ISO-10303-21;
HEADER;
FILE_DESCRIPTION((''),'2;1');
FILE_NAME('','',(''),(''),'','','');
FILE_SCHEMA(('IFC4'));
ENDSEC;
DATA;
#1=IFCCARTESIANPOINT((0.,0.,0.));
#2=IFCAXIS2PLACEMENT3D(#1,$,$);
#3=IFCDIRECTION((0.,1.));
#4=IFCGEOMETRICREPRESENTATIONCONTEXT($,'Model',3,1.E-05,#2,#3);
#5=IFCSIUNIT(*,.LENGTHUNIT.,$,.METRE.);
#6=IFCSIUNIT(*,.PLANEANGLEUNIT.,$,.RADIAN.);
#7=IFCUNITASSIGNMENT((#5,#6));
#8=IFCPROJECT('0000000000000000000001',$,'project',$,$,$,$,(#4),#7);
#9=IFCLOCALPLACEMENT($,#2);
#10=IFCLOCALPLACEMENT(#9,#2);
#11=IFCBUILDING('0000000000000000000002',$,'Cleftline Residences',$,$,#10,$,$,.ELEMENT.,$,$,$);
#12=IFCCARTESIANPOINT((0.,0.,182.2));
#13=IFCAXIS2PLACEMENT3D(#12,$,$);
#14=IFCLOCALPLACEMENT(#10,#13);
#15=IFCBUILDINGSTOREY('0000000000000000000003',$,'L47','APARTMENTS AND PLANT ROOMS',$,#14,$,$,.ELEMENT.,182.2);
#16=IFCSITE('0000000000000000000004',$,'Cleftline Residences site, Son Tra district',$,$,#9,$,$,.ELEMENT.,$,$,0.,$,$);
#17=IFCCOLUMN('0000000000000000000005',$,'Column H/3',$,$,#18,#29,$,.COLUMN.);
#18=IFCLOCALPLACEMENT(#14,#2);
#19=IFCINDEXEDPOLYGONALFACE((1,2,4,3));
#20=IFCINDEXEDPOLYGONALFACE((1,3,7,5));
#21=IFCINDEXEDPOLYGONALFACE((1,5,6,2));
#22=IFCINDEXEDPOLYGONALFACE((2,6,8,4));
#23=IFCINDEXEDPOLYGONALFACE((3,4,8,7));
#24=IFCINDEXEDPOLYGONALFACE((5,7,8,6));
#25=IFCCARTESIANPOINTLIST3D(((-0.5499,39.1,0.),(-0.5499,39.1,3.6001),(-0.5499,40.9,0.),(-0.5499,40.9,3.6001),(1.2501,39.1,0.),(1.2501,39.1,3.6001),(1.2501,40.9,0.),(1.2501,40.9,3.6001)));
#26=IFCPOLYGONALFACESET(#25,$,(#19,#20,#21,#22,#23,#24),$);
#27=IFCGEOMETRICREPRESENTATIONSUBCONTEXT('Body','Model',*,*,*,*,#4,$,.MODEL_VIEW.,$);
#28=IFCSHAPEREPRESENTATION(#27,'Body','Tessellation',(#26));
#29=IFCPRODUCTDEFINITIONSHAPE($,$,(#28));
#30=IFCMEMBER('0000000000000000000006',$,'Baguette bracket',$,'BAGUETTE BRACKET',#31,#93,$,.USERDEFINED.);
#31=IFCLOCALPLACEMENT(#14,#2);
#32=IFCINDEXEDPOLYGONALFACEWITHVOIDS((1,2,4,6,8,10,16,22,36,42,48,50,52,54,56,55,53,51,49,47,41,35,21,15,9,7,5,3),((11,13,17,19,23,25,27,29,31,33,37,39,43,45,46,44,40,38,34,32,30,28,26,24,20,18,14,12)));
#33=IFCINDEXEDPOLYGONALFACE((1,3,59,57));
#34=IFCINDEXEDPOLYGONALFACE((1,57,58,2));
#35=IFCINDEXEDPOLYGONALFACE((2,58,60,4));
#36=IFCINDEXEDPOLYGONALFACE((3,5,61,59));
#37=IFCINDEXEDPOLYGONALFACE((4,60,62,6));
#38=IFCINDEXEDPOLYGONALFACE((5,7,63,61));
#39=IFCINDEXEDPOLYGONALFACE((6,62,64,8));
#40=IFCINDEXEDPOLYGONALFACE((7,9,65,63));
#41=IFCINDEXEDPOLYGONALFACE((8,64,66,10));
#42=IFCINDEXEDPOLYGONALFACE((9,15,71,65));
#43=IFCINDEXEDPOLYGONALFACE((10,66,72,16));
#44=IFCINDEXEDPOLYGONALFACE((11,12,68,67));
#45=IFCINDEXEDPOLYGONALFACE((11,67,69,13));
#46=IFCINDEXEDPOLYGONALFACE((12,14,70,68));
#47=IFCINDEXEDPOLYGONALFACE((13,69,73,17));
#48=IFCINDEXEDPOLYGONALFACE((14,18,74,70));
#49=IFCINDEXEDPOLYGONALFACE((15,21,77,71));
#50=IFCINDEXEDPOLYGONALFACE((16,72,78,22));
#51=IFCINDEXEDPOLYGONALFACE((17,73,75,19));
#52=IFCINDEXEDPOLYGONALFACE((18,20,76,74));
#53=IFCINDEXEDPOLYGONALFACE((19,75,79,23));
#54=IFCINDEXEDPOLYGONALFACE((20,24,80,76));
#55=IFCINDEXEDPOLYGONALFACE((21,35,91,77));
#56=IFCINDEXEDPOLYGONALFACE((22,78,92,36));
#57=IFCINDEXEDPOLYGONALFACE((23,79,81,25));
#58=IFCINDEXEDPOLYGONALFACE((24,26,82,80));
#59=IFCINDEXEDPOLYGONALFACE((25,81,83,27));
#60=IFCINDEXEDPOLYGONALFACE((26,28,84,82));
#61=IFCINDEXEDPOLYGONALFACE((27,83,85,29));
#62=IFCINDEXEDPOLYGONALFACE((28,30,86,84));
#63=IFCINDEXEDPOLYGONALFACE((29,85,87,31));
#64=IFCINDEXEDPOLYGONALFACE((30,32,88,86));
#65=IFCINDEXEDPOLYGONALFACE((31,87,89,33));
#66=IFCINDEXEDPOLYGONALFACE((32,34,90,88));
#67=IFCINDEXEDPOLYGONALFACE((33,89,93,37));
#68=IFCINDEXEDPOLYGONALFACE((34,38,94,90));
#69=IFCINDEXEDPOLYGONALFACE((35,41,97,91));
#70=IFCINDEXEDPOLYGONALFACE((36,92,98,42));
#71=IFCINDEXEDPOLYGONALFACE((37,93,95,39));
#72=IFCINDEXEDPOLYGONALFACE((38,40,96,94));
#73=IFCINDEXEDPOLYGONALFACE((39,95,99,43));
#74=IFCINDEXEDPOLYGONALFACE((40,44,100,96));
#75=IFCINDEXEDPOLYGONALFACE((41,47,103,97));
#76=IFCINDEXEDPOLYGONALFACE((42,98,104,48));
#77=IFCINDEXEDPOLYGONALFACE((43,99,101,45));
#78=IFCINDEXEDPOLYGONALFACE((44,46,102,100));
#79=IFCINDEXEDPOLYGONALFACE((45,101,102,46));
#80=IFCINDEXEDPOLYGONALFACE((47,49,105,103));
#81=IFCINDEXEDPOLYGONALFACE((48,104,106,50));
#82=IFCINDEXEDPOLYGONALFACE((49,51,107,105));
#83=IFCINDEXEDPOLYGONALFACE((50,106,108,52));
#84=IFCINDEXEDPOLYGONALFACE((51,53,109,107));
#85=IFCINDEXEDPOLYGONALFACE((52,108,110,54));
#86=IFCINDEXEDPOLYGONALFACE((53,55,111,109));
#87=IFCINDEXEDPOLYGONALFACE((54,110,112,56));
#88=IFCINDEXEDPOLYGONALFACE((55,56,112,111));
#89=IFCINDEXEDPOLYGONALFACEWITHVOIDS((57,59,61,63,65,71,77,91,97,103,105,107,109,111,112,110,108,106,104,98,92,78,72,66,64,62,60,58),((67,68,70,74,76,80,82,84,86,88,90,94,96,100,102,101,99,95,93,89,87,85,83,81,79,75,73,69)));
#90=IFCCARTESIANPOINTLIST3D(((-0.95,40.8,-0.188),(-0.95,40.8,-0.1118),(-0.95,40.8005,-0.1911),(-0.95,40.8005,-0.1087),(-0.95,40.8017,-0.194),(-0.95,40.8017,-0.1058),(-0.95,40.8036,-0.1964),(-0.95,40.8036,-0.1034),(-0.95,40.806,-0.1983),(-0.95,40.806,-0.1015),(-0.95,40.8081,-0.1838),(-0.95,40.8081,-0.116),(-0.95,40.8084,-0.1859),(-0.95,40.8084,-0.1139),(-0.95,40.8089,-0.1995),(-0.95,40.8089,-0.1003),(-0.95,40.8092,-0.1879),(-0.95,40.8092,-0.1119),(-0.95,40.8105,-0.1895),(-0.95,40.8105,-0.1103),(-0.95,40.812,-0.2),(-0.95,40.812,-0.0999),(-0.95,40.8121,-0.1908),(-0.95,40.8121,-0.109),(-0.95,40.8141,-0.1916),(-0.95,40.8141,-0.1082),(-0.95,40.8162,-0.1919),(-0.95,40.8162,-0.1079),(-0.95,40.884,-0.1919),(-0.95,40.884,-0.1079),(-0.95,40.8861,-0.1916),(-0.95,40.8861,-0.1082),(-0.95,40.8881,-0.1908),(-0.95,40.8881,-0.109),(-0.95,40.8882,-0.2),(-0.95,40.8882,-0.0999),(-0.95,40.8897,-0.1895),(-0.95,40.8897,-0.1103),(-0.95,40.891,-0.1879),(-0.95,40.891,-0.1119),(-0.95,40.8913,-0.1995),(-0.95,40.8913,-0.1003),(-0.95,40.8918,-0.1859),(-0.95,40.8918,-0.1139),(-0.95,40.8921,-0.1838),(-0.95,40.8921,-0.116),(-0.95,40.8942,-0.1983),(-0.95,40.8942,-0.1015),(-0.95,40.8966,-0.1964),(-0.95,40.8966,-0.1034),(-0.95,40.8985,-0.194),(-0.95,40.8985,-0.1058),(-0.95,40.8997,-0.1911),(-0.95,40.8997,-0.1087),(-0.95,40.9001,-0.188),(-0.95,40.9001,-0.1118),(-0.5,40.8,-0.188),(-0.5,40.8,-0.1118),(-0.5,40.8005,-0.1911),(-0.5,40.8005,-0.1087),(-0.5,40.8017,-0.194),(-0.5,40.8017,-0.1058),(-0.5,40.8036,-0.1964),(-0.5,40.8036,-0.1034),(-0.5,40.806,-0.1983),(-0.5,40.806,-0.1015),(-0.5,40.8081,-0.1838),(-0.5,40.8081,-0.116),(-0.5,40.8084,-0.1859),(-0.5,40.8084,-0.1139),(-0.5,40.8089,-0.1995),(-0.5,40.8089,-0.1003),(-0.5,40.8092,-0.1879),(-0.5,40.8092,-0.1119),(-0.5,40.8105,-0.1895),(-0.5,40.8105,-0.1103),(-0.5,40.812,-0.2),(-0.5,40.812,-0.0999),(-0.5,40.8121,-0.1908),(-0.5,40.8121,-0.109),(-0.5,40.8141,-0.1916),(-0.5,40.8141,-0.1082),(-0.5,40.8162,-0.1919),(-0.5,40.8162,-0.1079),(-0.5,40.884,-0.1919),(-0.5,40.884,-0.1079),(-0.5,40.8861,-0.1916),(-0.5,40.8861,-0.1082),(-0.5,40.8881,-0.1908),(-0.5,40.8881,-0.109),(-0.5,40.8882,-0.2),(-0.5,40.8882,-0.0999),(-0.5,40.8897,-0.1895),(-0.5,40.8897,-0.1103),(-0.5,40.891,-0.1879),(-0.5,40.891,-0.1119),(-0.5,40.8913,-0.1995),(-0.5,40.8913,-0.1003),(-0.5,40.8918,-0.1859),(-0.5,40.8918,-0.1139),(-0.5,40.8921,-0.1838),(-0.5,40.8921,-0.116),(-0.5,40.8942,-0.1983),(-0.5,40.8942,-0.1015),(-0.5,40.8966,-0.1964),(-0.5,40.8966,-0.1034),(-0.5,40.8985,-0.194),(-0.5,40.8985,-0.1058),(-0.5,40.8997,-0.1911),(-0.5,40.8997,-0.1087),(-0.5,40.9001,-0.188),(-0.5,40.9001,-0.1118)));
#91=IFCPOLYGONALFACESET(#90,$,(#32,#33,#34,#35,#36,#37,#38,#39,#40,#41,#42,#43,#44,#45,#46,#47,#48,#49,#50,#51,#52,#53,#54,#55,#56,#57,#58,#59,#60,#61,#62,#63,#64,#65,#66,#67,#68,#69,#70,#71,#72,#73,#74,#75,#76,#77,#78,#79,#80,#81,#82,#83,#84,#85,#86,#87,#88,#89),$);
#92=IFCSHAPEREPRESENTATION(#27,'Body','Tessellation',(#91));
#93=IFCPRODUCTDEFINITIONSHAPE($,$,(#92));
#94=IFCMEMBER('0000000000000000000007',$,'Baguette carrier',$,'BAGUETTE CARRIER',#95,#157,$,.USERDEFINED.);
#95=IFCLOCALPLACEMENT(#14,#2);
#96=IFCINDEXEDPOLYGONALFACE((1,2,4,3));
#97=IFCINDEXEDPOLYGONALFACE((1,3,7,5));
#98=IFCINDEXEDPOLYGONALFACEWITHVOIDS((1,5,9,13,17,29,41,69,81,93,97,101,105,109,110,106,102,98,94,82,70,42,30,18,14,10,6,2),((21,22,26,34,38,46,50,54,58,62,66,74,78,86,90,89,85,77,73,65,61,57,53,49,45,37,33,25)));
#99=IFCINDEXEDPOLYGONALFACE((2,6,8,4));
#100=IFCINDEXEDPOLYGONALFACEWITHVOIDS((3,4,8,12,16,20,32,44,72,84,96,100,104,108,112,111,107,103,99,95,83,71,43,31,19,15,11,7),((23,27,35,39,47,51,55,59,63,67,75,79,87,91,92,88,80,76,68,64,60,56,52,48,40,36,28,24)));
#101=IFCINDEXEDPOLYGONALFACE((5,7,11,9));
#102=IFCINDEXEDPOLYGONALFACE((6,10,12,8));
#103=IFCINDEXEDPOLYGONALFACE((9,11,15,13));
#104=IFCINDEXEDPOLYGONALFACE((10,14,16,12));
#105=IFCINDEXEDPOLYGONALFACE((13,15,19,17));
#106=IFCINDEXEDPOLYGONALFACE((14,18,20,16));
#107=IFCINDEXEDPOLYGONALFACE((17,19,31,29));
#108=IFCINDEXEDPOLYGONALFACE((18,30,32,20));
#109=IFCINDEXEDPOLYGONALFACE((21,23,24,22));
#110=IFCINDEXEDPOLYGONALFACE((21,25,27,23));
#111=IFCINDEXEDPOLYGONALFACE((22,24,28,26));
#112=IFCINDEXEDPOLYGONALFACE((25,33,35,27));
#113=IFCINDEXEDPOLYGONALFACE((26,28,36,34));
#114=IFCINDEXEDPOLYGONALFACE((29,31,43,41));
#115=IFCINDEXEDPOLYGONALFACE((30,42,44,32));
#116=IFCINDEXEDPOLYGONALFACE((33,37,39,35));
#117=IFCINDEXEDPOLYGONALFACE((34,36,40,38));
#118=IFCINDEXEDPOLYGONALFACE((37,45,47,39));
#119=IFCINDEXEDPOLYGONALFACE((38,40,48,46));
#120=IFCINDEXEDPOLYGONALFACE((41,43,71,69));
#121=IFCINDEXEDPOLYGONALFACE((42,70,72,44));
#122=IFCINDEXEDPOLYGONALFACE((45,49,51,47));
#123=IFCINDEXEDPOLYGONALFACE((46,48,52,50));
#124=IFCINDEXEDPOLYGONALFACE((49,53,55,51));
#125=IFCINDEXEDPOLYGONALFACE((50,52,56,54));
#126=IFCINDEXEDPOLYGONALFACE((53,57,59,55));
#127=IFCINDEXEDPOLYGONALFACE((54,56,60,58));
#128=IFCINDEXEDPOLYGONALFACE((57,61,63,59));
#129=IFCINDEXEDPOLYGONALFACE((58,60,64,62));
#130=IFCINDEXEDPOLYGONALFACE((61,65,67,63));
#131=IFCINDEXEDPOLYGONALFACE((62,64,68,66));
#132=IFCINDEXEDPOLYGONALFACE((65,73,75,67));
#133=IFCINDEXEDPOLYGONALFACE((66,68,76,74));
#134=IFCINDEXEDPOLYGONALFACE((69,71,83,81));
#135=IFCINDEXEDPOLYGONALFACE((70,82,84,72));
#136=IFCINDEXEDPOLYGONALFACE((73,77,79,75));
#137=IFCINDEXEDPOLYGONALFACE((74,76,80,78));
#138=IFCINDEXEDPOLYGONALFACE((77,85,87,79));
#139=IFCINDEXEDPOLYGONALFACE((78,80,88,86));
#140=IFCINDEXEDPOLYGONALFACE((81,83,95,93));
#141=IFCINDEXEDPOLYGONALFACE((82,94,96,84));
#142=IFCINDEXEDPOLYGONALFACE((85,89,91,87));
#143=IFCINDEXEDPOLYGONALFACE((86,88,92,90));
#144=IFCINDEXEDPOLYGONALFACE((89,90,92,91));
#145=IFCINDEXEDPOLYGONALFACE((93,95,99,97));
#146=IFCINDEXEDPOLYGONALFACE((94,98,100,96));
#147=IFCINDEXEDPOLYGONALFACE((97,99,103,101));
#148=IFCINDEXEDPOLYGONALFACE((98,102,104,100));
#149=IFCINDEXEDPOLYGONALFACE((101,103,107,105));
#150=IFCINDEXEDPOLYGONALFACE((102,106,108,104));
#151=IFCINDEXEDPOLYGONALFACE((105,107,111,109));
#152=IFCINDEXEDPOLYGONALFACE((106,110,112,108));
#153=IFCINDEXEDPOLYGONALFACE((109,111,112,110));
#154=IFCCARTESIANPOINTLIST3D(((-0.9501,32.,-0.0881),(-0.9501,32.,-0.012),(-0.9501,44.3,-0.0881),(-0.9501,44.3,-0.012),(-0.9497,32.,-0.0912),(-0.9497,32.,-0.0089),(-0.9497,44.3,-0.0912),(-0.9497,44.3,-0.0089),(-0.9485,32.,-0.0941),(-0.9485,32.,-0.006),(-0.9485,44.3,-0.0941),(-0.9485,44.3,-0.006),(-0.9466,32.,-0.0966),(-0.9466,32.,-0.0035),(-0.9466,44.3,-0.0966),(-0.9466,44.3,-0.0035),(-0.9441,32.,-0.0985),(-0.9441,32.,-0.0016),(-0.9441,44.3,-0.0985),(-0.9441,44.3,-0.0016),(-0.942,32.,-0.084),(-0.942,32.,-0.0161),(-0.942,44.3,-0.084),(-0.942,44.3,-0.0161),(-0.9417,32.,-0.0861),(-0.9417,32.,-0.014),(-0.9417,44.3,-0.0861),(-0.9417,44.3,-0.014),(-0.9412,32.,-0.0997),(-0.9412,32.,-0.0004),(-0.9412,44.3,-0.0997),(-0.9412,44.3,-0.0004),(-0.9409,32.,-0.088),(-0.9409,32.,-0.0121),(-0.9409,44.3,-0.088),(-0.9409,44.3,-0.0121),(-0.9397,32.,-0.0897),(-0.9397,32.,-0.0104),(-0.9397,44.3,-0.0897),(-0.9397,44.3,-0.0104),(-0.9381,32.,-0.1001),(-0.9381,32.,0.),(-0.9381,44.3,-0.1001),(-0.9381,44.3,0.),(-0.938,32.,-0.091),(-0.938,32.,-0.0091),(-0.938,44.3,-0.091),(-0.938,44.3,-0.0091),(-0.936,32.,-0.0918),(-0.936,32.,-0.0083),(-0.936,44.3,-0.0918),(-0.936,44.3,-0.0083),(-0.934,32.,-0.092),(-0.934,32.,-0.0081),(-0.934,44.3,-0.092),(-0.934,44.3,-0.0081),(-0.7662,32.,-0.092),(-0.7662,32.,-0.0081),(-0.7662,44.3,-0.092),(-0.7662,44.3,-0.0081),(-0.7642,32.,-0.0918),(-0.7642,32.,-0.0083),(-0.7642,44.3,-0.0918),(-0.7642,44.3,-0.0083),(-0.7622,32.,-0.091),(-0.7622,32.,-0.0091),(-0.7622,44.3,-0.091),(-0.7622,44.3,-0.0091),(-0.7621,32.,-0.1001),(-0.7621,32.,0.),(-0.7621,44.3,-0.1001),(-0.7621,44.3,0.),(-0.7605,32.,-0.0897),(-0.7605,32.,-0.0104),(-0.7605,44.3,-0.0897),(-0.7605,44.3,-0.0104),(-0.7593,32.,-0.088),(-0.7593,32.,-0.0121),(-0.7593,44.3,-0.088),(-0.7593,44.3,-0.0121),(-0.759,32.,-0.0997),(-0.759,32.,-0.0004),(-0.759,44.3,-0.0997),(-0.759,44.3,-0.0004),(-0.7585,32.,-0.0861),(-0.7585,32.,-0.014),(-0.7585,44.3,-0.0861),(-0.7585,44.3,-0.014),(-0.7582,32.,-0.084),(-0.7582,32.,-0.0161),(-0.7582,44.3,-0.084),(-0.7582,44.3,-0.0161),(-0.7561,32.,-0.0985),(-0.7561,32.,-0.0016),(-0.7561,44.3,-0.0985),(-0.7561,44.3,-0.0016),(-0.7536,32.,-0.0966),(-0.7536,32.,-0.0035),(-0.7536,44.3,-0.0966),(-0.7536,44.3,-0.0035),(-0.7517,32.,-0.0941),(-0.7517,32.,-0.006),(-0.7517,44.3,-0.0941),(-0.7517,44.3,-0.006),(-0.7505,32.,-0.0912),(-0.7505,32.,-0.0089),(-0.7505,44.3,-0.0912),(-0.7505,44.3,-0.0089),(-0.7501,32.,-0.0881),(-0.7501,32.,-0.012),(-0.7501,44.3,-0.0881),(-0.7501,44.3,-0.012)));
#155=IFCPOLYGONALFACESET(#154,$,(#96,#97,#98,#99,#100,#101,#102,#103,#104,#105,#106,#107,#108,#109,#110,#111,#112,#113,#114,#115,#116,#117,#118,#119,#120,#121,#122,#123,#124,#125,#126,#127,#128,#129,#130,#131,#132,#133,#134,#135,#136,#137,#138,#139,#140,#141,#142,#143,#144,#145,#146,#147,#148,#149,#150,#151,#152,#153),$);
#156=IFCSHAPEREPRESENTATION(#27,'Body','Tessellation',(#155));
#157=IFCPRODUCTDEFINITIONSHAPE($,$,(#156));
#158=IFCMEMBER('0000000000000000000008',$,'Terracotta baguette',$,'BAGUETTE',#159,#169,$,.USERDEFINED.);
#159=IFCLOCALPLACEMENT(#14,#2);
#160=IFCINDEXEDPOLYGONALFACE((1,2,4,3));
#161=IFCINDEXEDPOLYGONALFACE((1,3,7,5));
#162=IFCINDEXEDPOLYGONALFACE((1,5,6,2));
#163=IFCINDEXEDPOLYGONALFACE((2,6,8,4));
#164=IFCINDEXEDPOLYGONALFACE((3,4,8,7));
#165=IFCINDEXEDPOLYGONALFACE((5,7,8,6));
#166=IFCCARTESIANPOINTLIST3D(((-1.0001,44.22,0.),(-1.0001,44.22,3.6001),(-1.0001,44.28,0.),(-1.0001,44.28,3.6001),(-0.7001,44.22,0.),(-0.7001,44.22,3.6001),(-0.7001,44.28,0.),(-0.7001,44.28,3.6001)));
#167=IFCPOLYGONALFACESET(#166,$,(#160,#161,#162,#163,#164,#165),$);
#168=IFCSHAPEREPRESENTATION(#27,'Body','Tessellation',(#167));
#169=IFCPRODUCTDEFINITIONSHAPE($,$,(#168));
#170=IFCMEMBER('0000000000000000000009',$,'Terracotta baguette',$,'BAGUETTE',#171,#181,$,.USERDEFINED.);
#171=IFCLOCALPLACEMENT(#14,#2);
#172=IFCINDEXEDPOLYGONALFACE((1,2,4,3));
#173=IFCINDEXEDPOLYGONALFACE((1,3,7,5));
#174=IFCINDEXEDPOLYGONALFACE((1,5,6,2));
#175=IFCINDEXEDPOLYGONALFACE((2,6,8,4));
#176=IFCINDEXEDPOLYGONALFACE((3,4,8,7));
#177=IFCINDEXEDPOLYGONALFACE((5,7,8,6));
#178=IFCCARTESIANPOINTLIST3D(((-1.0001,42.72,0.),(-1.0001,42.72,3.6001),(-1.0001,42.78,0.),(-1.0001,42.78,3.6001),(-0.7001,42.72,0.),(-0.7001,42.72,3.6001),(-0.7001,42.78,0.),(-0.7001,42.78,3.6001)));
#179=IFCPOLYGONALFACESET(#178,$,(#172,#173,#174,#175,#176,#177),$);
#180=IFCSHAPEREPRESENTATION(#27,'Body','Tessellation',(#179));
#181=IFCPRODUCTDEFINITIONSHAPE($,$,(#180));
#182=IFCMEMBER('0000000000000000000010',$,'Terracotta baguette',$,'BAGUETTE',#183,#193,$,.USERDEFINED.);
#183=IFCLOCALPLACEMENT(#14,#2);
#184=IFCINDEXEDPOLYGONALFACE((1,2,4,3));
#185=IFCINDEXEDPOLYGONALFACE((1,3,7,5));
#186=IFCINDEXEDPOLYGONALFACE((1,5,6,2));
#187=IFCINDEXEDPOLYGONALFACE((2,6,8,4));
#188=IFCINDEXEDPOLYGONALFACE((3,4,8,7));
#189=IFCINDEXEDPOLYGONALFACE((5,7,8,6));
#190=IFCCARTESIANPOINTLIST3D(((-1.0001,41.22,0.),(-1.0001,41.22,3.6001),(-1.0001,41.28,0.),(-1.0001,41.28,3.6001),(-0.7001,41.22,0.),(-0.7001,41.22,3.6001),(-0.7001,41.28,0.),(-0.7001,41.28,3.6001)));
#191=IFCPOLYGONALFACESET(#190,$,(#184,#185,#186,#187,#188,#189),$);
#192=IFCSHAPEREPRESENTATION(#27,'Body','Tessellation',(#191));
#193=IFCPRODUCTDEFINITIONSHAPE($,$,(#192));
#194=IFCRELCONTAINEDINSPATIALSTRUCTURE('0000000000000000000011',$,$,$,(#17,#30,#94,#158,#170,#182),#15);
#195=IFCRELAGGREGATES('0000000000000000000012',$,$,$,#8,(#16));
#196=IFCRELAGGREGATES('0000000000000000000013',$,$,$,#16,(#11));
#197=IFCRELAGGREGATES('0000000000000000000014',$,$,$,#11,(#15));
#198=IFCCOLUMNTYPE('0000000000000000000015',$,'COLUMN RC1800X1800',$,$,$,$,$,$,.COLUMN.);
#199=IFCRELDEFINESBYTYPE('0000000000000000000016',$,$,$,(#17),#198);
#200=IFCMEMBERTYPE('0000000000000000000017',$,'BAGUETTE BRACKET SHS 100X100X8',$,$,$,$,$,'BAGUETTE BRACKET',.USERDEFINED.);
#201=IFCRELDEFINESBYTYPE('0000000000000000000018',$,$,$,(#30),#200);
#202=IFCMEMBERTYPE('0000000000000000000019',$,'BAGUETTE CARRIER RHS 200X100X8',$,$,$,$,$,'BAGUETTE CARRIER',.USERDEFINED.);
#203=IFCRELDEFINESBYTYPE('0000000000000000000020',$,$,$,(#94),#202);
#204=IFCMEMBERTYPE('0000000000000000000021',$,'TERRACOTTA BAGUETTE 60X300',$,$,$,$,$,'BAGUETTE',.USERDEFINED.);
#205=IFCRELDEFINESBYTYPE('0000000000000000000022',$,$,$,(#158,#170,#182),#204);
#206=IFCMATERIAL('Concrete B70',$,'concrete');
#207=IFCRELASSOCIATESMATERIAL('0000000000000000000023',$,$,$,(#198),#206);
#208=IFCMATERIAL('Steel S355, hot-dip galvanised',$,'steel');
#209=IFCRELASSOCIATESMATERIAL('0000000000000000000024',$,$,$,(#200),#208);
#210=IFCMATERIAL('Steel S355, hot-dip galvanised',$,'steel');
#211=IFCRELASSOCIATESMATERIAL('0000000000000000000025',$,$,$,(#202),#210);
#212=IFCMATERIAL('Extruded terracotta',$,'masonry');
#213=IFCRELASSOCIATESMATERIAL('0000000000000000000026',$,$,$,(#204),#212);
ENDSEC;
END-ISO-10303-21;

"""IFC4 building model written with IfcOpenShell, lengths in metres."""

from ifc_helpers import new_model, si_unit, direction, frame, origin, origin_2d, place, context, subcontext, project, spatial, rectangle, hollow_rectangle, extrude, material, material_profile, profile_set, type_object, element, save


model = new_model("IFC4")

# Units and contexts
model_context = context("Model", 3, precision=1e-05, world=origin(), true_north=direction((0.0, 1.0)))
body_context = subcontext(model_context, "Body", "Model", "MODEL_VIEW")
ifc_project = project(units=[si_unit("LENGTHUNIT", "METRE"), si_unit("PLANEANGLEUNIT", "RADIAN")], contexts=[model_context])

# Site, building, storey
site_placement = place(None, origin())
site = spatial("IfcSite", under=ifc_project, at=site_placement, Name="Cleftline Residences site, Son Tra district", CompositionType="ELEMENT", RefElevation=0.0)
building_placement = place(site_placement, origin())
building = spatial("IfcBuilding", under=site, at=building_placement, Name="Cleftline Residences", CompositionType="ELEMENT")
storey_placement = place(building_placement, frame((0.0, 0.0, 182.2)))
storey = spatial("IfcBuildingStorey", under=building, at=storey_placement, Name="L47", Description="APARTMENTS AND PLANT ROOMS", CompositionType="ELEMENT", Elevation=182.2)

# Column
ifc_material_1 = material(Name="Concrete B70", Category="concrete")
ifc_material_profile_1 = material_profile(ifc_material_1, rectangle(XDim=1.8, YDim=1.8, at=origin_2d()))
ifc_profile_set_1 = profile_set([ifc_material_profile_1], Name="Concrete B70")
column_type = type_object("IfcColumnType", Name="COLUMN RC1800X1800", PredefinedType="COLUMN", material=ifc_profile_set_1)
column_placement = place(storey_placement, frame((0.3501, 40.0, 0.0), z_axis=(0.0, 0.0, 1.0), x_axis=(1.0, 0.0, 0.0)))
element("IfcColumn", 1, at=column_placement, inside=storey, type_object=column_type, Name="Column H/3", PredefinedType="COLUMN", context=body_context, shape_type="SweptSolid", body=[
    extrude(rectangle(XDim=1.8, YDim=1.8, at=origin_2d()), origin(), (0.0, 0.0, 1.0), 3.6001),
])

# Members
ifc_material_2 = material(Name="Steel S355, hot-dip galvanised", Category="steel")
ifc_material_profile_2 = material_profile(ifc_material_2, hollow_rectangle(XDim=0.1001, YDim=0.1001, WallThickness=0.0081, InnerFilletRadius=0.0081, OuterFilletRadius=0.012, at=origin_2d()))
ifc_profile_set_2 = profile_set([ifc_material_profile_2], Name="Steel S355, hot-dip galvanised")
member_type_1 = type_object("IfcMemberType", Name="BAGUETTE BRACKET SHS 100X100X8", ElementType="BAGUETTE BRACKET", PredefinedType="USERDEFINED", material=ifc_profile_set_2)
member_1_placement = place(storey_placement, frame((-0.5, 40.8501, -0.1499), z_axis=(-1.0, 0.0, 0.0), x_axis=(0.0, -1.0, 0.0)))
element("IfcMember", 2, at=member_1_placement, inside=storey, type_object=member_type_1, Name="Baguette bracket", ObjectType="BAGUETTE BRACKET", PredefinedType="USERDEFINED", context=body_context, shape_type="SweptSolid", body=[
    extrude(hollow_rectangle(XDim=0.1001, YDim=0.1001, WallThickness=0.0081, InnerFilletRadius=0.0081, OuterFilletRadius=0.012, at=origin_2d()), origin(), (0.0, 0.0, 1.0), 0.45),
])
ifc_material_3 = material(Name="Steel S355, hot-dip galvanised", Category="steel")
ifc_material_profile_3 = material_profile(ifc_material_3, hollow_rectangle(XDim=0.1001, YDim=0.2, WallThickness=0.0081, InnerFilletRadius=0.0081, OuterFilletRadius=0.012, at=origin_2d()))
ifc_profile_set_3 = profile_set([ifc_material_profile_3], Name="Steel S355, hot-dip galvanised")
member_type_2 = type_object("IfcMemberType", Name="BAGUETTE CARRIER RHS 200X100X8", ElementType="BAGUETTE CARRIER", PredefinedType="USERDEFINED", material=ifc_profile_set_3)
member_2_placement = place(storey_placement, frame((-0.8501, 44.3, -0.05), z_axis=(0.0, -1.0, 0.0), x_axis=(0.0, 0.0, 1.0)))
element("IfcMember", 3, at=member_2_placement, inside=storey, type_object=member_type_2, Name="Baguette carrier", ObjectType="BAGUETTE CARRIER", PredefinedType="USERDEFINED", context=body_context, shape_type="SweptSolid", body=[
    extrude(hollow_rectangle(XDim=0.1001, YDim=0.2, WallThickness=0.0081, InnerFilletRadius=0.0081, OuterFilletRadius=0.012, at=origin_2d()), origin(), (0.0, 0.0, 1.0), 12.3),
])
ifc_material_4 = material(Name="Extruded terracotta", Category="masonry")
ifc_material_profile_4 = material_profile(ifc_material_4, rectangle(XDim=0.0601, YDim=0.3, at=origin_2d()))
ifc_profile_set_4 = profile_set([ifc_material_profile_4], Name="Extruded terracotta")
member_type_3 = type_object("IfcMemberType", Name="TERRACOTTA BAGUETTE 60X300", ElementType="BAGUETTE", PredefinedType="USERDEFINED", material=ifc_profile_set_4)
for number, where, z_axis, x_axis, name in (
    (4, (-0.8501, 44.25, 0.0), (0.0, 0.0, 1.0), (0.0, 1.0, 0.0), "Terracotta baguette"),
    (5, (-0.8501, 42.75, 0.0), (0.0, 0.0, 1.0), (0.0, 1.0, 0.0), "Terracotta baguette"),
    (6, (-0.8501, 41.25, 0.0), (0.0, 0.0, 1.0), (0.0, 1.0, 0.0), "Terracotta baguette"),
):
    element("IfcMember", number, at=place(storey_placement, frame(where, z_axis=z_axis, x_axis=x_axis)), inside=storey, type_object=member_type_3, Name=name, ObjectType="BAGUETTE", PredefinedType="USERDEFINED", context=body_context, shape_type="SweptSolid", body=[
        extrude(rectangle(XDim=0.0601, YDim=0.3, at=origin_2d()), origin(), (0.0, 0.0, 1.0), 3.6001),
    ])

save(model, "model.ifc")
